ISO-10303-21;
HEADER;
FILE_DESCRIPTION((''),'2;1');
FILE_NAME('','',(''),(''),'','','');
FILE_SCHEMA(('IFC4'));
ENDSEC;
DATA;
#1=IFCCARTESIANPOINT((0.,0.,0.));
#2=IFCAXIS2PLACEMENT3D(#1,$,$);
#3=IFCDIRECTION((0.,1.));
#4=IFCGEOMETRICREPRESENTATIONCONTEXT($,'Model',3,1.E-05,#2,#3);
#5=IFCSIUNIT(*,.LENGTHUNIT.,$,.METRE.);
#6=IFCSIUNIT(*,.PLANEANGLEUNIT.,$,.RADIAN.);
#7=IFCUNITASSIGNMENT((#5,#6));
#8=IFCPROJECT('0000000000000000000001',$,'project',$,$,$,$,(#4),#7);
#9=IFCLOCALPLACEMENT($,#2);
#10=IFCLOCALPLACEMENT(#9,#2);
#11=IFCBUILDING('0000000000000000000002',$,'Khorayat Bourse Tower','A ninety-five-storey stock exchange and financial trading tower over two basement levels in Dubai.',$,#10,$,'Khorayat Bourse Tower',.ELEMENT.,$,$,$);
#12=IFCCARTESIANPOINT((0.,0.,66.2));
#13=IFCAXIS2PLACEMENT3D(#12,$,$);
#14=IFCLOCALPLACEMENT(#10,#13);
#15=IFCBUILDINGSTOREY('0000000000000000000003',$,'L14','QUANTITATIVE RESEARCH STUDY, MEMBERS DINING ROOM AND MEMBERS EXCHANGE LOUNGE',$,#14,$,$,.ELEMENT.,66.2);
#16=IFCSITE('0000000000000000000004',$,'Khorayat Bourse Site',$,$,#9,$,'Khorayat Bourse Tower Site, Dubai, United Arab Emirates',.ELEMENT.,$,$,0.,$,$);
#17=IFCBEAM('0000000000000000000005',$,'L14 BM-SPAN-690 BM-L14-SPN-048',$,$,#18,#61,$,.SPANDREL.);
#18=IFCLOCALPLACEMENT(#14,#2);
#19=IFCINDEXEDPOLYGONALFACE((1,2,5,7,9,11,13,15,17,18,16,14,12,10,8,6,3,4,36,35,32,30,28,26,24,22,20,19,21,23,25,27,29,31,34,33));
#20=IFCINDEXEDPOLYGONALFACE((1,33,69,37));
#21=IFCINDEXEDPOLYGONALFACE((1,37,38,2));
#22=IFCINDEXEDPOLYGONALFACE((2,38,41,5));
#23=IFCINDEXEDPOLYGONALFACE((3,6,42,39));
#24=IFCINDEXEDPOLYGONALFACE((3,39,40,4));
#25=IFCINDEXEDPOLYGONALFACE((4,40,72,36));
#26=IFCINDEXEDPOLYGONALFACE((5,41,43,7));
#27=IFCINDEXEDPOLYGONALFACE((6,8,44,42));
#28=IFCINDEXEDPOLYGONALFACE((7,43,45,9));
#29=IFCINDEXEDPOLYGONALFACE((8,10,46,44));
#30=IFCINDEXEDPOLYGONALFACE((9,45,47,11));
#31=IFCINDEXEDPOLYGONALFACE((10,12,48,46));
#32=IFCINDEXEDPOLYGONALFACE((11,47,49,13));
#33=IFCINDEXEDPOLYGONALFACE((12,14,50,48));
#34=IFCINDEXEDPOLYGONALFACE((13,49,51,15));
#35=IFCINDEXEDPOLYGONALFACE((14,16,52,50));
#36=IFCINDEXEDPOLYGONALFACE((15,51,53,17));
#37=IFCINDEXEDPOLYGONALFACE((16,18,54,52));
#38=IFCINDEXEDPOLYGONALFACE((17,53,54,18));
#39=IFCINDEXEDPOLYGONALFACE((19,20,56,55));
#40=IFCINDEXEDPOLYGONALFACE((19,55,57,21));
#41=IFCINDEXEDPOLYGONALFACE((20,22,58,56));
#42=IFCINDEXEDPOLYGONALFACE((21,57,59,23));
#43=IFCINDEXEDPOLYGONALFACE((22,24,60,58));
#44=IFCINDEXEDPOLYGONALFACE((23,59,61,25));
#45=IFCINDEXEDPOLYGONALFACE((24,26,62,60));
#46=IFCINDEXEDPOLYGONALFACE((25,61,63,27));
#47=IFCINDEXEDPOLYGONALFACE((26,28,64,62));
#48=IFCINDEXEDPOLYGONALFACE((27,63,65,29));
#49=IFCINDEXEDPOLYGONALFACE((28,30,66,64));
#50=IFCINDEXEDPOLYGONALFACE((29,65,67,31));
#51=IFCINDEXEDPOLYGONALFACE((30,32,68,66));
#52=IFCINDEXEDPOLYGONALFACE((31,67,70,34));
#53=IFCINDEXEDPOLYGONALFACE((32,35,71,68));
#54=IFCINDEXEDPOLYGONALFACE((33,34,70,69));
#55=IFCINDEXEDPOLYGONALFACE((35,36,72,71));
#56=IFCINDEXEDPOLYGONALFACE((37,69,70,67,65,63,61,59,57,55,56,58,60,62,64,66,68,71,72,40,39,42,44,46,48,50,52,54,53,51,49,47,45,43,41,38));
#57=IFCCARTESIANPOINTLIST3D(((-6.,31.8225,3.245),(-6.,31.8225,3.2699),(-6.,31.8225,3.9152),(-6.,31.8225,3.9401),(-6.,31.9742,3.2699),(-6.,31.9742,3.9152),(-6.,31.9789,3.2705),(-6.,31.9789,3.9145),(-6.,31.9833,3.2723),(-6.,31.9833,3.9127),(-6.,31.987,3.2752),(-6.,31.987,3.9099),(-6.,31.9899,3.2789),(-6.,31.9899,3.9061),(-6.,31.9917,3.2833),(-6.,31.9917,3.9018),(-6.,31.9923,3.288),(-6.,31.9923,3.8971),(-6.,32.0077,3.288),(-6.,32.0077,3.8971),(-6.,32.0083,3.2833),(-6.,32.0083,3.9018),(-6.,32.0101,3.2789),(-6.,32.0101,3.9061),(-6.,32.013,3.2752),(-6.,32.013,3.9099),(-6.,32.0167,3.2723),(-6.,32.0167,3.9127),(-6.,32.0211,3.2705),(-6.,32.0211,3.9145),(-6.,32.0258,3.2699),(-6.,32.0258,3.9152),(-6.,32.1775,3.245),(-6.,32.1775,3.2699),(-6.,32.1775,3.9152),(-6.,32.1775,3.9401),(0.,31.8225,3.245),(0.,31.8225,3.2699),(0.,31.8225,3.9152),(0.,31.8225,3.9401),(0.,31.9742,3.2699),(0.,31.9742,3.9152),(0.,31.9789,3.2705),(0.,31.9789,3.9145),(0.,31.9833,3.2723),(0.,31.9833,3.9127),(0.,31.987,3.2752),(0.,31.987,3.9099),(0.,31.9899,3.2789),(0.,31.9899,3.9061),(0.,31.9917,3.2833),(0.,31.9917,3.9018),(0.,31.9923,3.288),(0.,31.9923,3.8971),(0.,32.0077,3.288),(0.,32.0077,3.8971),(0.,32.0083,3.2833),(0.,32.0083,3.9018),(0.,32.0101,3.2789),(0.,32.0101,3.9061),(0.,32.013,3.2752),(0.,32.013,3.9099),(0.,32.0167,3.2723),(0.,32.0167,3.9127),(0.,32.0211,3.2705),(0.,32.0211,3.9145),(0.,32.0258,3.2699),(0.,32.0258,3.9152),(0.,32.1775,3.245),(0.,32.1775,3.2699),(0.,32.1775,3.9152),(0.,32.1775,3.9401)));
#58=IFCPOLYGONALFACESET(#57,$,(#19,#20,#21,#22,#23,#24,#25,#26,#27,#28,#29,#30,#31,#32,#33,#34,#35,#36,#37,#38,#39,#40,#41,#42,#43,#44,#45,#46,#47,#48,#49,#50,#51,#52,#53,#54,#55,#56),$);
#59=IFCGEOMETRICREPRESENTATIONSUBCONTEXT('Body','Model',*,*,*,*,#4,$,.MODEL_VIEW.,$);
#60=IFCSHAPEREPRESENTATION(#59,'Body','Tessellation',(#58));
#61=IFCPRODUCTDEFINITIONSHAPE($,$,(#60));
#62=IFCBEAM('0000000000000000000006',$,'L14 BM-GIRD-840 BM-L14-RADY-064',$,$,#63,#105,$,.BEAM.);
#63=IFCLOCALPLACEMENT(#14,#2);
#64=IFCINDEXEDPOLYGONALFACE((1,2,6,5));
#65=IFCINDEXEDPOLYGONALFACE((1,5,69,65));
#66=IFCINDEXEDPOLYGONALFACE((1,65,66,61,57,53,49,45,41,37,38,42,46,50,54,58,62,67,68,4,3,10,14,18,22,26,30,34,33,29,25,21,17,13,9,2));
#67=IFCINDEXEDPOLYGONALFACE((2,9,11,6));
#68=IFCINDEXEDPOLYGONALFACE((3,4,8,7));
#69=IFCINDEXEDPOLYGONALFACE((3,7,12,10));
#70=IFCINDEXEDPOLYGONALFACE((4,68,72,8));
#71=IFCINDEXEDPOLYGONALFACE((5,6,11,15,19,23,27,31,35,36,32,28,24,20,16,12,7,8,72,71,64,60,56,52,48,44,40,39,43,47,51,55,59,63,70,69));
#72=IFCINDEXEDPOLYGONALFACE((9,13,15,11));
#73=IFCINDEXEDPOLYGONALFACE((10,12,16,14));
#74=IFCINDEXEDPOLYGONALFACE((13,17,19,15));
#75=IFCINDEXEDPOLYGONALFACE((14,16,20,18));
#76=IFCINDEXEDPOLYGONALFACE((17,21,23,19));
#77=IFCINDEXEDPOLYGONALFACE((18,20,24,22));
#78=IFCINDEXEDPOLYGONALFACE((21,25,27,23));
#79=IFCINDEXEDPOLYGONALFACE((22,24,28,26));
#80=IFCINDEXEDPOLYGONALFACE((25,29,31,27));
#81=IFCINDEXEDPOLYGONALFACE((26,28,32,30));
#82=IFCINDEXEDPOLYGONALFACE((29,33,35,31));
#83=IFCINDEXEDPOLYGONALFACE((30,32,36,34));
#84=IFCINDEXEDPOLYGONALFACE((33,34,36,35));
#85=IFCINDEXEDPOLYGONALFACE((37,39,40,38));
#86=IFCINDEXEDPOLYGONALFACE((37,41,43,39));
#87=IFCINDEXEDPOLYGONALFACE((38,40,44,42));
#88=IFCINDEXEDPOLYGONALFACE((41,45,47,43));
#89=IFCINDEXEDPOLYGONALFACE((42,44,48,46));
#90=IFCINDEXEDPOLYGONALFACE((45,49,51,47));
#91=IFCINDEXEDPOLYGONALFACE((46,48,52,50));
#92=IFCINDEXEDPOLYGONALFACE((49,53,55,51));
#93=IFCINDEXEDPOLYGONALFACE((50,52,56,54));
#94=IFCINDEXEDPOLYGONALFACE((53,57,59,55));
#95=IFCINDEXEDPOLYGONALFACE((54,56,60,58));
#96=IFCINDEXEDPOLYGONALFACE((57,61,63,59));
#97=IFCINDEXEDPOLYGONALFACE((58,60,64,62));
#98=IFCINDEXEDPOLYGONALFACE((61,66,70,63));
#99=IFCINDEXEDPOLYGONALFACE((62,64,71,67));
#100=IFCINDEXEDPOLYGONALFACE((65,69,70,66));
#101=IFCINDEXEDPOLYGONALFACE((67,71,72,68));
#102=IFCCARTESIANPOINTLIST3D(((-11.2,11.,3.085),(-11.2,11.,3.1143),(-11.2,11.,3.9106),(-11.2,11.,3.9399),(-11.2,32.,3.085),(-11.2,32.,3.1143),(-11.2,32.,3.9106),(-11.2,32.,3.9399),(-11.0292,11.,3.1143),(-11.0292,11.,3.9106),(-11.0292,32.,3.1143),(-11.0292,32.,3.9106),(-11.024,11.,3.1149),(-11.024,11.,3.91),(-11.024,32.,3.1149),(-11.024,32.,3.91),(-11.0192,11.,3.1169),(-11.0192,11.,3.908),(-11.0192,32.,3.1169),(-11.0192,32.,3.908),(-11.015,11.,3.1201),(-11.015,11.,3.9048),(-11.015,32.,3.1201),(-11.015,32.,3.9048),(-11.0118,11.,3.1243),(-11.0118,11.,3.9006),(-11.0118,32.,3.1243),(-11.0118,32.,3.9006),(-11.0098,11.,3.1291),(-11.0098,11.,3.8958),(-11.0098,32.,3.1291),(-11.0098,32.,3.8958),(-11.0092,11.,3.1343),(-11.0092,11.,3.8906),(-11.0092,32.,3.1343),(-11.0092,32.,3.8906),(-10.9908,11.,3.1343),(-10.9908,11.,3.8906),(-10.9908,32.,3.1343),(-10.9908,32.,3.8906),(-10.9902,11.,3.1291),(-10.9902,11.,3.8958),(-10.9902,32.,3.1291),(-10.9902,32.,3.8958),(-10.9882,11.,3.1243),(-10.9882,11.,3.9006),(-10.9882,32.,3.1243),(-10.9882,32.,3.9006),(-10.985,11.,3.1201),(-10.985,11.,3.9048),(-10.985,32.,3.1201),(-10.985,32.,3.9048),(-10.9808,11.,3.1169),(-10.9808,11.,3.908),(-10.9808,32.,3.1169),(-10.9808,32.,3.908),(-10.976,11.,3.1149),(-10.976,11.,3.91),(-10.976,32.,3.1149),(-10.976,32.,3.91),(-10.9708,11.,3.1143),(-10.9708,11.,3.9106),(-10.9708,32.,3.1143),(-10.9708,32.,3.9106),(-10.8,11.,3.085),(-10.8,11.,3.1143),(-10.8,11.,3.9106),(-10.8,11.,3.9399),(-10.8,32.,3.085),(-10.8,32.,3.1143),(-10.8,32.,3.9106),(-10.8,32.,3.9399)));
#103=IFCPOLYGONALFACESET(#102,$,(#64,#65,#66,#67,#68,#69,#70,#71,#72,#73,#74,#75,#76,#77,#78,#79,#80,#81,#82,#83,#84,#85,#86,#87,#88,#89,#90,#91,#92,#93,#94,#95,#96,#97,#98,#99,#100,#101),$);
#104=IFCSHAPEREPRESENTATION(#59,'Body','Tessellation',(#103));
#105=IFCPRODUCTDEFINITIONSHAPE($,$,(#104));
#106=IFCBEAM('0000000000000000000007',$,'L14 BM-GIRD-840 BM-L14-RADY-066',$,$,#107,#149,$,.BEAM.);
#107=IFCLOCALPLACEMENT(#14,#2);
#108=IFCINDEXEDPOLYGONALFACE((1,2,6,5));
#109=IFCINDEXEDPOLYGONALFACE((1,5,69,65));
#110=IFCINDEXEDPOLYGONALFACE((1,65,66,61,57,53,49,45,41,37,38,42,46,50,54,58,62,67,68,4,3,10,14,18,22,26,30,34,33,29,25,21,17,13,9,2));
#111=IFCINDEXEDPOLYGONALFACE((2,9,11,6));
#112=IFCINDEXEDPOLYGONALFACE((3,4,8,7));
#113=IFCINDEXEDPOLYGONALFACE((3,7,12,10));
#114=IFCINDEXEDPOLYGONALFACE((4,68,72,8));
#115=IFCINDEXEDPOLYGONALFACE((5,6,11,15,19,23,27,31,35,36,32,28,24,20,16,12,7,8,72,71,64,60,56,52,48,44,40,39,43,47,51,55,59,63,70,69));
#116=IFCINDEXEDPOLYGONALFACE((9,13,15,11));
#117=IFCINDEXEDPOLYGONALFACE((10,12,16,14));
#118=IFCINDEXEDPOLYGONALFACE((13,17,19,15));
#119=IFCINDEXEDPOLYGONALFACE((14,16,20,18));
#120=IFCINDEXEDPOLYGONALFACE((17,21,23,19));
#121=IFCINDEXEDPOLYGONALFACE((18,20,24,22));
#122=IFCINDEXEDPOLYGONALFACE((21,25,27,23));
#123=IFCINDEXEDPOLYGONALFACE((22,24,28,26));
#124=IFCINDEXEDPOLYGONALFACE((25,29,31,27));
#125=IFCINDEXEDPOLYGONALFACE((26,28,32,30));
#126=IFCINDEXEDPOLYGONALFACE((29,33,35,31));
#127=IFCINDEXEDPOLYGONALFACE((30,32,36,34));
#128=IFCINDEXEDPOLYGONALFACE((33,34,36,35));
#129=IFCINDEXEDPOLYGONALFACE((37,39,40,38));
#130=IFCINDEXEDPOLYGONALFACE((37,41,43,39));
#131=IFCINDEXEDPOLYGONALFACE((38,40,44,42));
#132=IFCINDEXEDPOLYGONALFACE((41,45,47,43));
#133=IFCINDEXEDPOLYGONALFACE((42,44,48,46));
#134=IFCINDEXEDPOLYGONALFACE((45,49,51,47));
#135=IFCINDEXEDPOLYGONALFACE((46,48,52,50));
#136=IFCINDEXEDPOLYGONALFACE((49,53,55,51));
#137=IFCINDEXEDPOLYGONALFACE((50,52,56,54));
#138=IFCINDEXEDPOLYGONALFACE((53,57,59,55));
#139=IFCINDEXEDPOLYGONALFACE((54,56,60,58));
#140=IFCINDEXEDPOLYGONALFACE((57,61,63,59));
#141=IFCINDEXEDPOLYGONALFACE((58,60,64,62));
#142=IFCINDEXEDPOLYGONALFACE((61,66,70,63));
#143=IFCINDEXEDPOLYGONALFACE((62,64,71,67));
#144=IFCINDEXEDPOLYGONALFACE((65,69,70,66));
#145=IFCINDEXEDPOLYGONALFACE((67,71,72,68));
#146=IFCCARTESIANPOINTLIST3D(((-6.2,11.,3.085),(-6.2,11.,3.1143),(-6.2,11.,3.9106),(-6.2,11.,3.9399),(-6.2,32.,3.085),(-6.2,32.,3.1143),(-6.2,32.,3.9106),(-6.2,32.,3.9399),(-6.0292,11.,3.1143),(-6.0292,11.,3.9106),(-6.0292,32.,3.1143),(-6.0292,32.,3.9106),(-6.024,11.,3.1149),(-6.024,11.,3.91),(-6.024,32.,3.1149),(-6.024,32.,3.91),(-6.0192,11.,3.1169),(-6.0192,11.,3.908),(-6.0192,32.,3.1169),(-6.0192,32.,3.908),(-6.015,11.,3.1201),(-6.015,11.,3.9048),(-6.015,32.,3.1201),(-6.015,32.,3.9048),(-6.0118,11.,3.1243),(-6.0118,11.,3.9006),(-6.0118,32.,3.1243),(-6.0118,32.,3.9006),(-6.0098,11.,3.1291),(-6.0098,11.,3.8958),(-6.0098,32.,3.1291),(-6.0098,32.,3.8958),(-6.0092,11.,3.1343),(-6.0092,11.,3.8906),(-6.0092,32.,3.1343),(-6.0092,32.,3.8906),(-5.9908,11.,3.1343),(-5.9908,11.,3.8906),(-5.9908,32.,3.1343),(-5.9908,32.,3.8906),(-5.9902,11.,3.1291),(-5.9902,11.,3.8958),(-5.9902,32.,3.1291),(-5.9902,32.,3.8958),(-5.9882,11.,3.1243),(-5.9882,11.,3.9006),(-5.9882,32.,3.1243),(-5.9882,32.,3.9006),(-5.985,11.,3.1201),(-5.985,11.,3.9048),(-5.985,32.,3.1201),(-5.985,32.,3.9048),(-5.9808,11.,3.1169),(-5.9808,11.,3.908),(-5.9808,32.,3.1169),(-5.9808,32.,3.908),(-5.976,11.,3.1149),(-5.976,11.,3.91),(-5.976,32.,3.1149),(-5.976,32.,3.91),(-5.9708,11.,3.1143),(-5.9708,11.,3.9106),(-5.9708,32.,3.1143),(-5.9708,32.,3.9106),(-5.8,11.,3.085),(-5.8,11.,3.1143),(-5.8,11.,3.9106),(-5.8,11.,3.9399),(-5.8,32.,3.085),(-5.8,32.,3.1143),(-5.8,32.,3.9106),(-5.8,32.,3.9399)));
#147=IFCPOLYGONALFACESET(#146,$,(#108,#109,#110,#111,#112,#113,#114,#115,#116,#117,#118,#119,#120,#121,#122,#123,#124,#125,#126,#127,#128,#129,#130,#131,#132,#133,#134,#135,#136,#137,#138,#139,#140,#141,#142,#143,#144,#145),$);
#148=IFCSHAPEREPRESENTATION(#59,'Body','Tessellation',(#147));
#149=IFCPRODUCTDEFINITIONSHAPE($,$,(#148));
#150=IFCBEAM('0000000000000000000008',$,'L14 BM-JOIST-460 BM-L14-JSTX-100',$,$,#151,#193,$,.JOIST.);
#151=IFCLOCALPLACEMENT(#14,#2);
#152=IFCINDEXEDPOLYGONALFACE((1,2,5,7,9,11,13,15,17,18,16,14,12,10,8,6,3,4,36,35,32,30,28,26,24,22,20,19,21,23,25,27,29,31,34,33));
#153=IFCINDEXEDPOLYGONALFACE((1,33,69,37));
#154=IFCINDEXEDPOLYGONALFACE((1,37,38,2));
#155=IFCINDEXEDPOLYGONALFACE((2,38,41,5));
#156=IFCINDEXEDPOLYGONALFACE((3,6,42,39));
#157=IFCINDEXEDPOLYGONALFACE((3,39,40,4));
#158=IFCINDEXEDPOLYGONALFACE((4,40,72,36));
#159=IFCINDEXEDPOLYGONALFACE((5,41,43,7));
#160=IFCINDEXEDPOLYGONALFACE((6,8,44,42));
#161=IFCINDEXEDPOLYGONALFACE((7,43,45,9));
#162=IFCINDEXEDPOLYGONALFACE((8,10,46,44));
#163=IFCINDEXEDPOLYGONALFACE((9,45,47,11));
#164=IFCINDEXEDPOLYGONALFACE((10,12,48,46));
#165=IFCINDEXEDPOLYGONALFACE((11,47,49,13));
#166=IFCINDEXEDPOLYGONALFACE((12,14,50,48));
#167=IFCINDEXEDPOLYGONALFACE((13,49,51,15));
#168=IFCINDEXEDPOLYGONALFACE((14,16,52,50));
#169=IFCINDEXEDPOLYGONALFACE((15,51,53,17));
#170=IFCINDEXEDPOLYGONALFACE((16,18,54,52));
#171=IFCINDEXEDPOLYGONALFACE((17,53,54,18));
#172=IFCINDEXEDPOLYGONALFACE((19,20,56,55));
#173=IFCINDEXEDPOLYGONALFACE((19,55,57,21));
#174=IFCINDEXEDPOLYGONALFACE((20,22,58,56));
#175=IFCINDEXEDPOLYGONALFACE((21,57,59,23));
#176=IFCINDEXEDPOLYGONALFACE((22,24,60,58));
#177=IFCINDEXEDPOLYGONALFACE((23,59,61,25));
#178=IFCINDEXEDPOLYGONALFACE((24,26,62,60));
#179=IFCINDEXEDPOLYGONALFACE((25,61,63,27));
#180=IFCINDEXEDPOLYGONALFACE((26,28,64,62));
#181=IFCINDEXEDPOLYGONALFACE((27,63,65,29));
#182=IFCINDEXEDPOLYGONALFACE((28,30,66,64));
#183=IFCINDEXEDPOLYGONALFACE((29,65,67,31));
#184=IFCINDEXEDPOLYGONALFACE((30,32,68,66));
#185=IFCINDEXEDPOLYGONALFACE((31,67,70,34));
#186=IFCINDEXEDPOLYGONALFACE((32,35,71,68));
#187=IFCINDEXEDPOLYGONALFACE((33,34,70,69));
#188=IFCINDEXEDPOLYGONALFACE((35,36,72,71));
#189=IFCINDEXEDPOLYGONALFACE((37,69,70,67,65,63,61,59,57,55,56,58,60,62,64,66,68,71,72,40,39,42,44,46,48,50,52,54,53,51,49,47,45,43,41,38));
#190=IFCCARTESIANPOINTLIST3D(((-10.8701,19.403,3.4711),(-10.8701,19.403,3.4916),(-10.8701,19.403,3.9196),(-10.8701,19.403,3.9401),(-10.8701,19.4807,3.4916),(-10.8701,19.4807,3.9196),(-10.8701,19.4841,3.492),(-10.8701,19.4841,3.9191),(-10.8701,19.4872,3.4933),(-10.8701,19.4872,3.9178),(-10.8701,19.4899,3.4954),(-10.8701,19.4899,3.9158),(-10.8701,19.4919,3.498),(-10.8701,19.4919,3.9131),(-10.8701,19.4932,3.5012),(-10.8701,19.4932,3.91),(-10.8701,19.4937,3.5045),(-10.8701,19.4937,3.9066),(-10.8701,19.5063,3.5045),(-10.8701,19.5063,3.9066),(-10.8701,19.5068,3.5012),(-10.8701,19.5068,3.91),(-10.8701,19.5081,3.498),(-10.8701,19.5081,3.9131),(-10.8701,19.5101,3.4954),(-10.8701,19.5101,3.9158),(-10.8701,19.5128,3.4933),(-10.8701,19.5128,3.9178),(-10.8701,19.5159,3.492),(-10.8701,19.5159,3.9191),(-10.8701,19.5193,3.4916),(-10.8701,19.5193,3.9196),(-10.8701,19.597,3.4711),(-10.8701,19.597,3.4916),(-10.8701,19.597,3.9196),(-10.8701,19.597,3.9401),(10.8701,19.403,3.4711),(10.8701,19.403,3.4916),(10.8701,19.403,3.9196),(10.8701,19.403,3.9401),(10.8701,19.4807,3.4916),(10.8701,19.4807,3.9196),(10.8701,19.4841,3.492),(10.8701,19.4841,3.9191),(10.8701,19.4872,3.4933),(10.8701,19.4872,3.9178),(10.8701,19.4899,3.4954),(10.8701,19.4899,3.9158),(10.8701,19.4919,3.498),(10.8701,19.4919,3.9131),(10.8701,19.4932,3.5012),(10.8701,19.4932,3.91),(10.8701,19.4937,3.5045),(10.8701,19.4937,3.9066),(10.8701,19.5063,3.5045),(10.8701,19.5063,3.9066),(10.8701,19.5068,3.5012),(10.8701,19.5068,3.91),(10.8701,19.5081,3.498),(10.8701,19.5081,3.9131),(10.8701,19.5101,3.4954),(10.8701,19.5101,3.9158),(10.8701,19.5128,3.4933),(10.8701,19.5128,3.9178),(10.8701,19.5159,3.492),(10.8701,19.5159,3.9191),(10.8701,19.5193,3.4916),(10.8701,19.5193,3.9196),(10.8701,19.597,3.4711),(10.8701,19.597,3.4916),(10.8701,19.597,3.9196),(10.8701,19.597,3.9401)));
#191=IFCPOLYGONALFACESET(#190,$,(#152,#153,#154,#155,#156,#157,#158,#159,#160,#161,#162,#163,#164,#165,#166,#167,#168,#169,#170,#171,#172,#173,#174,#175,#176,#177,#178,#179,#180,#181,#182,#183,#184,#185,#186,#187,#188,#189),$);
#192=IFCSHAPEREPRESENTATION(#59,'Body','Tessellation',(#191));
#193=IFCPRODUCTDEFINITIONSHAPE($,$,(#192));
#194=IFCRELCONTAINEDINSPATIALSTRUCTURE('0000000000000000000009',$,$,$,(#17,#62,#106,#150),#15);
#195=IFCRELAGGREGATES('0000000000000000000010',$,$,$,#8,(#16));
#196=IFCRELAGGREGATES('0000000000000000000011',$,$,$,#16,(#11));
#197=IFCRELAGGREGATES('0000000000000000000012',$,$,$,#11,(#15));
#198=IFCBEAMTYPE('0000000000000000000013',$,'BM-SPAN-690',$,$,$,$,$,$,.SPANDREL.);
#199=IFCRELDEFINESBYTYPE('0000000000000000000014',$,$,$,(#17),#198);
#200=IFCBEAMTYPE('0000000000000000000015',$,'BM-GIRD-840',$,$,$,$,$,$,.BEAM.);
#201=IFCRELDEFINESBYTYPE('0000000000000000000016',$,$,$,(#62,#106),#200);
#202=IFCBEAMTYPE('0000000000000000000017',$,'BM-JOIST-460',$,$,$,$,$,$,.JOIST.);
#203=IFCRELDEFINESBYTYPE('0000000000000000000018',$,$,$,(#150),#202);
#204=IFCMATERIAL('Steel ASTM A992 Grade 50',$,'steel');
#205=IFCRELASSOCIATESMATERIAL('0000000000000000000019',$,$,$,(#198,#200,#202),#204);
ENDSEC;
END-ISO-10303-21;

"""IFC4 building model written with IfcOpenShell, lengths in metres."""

from ifc_helpers import new_model, si_unit, direction, frame, origin, origin_2d, place, context, subcontext, project, spatial, i_section, extrude, source, transform, mapped, material, material_profile, profile_set, type_object, element, save


model = new_model("IFC4")

# Units and contexts
model_context = context("Model", 3, precision=1e-05, world=origin(), true_north=direction((0.0, 1.0)))
body_context = subcontext(model_context, "Body", "Model", "MODEL_VIEW")
ifc_project = project(units=[si_unit("LENGTHUNIT", "METRE"), si_unit("PLANEANGLEUNIT", "RADIAN")], contexts=[model_context])

# Site, building, storey
site_placement = place(None, origin())
site = spatial("IfcSite", under=ifc_project, at=site_placement, Name="Khorayat Bourse Site", LongName="Khorayat Bourse Tower Site, Dubai, United Arab Emirates", CompositionType="ELEMENT", RefElevation=0.0)
building_placement = place(site_placement, origin())
building = spatial("IfcBuilding", under=site, at=building_placement, Name="Khorayat Bourse Tower", Description="A ninety-five-storey stock exchange and financial trading tower over two basement levels in Dubai.", LongName="Khorayat Bourse Tower", CompositionType="ELEMENT")
storey_placement = place(building_placement, frame((0.0, 0.0, 66.2)))
storey = spatial("IfcBuildingStorey", under=building, at=storey_placement, Name="L14", Description="QUANTITATIVE RESEARCH STUDY, MEMBERS DINING ROOM AND MEMBERS EXCHANGE LOUNGE", CompositionType="ELEMENT", Elevation=66.2)

# Beams
ifc_material_1 = material(Name="Steel ASTM A992 Grade 50", Category="steel")
ifc_material_profile_1 = material_profile(ifc_material_1, i_section(OverallWidth=0.355, OverallDepth=0.6951, WebThickness=0.0154, FlangeThickness=0.0249, FilletRadius=0.0181, at=origin_2d()), Name="W690X217")
ifc_profile_set_1 = profile_set([ifc_material_profile_1], Name="Steel ASTM A992 Grade 50")
beam_type_1 = type_object("IfcBeamType", Name="BM-SPAN-690", PredefinedType="SPANDREL", material=ifc_profile_set_1)
shared_shape_1 = source(origin(), body_context, "Body", "SweptSolid", [
    extrude(i_section(OverallWidth=0.355, OverallDepth=0.6951, WebThickness=0.0154, FlangeThickness=0.0249, FilletRadius=0.0181, at=origin_2d()), origin(), (0.0, 0.0, 1.0), 6.0),
])
beam_1_placement = place(storey_placement, frame((-6.0, 32.0, 3.5925), z_axis=(1.0, 0.0, 0.0), x_axis=(0.0, 1.0, 0.0)))
element("IfcBeam", 1, at=beam_1_placement, inside=storey, type_object=beam_type_1, Name="L14 BM-SPAN-690 BM-L14-SPN-048", PredefinedType="SPANDREL", context=body_context, shape_type="MappedRepresentation", body=[
    mapped(shared_shape_1, transform((0.0, 0.0, 0.0), scale=1.0)),
])
ifc_material_profile_2 = material_profile(ifc_material_1, i_section(OverallWidth=0.3999, OverallDepth=0.855, WebThickness=0.0183, FlangeThickness=0.0293, FilletRadius=0.02, at=origin_2d()), Name="W840X299")
ifc_profile_set_2 = profile_set([ifc_material_profile_2], Name="Steel ASTM A992 Grade 50")
beam_type_2 = type_object("IfcBeamType", Name="BM-GIRD-840", PredefinedType="BEAM", material=ifc_profile_set_2)
shared_shape_2 = source(origin(), body_context, "Body", "SweptSolid", [
    extrude(i_section(OverallWidth=0.3999, OverallDepth=0.855, WebThickness=0.0183, FlangeThickness=0.0293, FilletRadius=0.02, at=origin_2d()), origin(), (0.0, 0.0, 1.0), 21.0),
])
for number, where, z_axis, x_axis, name in (
    (2, (-11.0, 11.0, 3.5125), (0.0, 1.0, 0.0), (-1.0, 0.0, 0.0), "L14 BM-GIRD-840 BM-L14-RADY-064"),
    (3, (-6.0, 11.0, 3.5125), (0.0, 1.0, 0.0), (-1.0, 0.0, 0.0), "L14 BM-GIRD-840 BM-L14-RADY-066"),
):
    element("IfcBeam", number, at=place(storey_placement, frame(where, z_axis=z_axis, x_axis=x_axis)), inside=storey, type_object=beam_type_2, Name=name, PredefinedType="BEAM", context=body_context, shape_type="MappedRepresentation", body=[
        mapped(shared_shape_2, transform((0.0, 0.0, 0.0), scale=1.0)),
    ])
ifc_material_profile_3 = material_profile(ifc_material_1, i_section(OverallWidth=0.1941, OverallDepth=0.469, WebThickness=0.0127, FlangeThickness=0.0205, FilletRadius=0.0129, at=origin_2d()), Name="W460X106")
ifc_profile_set_3 = profile_set([ifc_material_profile_3], Name="Steel ASTM A992 Grade 50")
beam_type_3 = type_object("IfcBeamType", Name="BM-JOIST-460", PredefinedType="JOIST", material=ifc_profile_set_3)
shared_shape_3 = source(origin(), body_context, "Body", "SweptSolid", [
    extrude(i_section(OverallWidth=0.1941, OverallDepth=0.469, WebThickness=0.0127, FlangeThickness=0.0205, FilletRadius=0.0129, at=origin_2d()), origin(), (0.0, 0.0, 1.0), 21.7402),
])
beam_2_placement = place(storey_placement, frame((-10.8701, 19.5, 3.7056), z_axis=(1.0, 0.0, 0.0), x_axis=(0.0, 1.0, 0.0)))
element("IfcBeam", 4, at=beam_2_placement, inside=storey, type_object=beam_type_3, Name="L14 BM-JOIST-460 BM-L14-JSTX-100", PredefinedType="JOIST", context=body_context, shape_type="MappedRepresentation", body=[
    mapped(shared_shape_3, transform((0.0, 0.0, 0.0), scale=1.0)),
])

save(model, "model.ifc")
